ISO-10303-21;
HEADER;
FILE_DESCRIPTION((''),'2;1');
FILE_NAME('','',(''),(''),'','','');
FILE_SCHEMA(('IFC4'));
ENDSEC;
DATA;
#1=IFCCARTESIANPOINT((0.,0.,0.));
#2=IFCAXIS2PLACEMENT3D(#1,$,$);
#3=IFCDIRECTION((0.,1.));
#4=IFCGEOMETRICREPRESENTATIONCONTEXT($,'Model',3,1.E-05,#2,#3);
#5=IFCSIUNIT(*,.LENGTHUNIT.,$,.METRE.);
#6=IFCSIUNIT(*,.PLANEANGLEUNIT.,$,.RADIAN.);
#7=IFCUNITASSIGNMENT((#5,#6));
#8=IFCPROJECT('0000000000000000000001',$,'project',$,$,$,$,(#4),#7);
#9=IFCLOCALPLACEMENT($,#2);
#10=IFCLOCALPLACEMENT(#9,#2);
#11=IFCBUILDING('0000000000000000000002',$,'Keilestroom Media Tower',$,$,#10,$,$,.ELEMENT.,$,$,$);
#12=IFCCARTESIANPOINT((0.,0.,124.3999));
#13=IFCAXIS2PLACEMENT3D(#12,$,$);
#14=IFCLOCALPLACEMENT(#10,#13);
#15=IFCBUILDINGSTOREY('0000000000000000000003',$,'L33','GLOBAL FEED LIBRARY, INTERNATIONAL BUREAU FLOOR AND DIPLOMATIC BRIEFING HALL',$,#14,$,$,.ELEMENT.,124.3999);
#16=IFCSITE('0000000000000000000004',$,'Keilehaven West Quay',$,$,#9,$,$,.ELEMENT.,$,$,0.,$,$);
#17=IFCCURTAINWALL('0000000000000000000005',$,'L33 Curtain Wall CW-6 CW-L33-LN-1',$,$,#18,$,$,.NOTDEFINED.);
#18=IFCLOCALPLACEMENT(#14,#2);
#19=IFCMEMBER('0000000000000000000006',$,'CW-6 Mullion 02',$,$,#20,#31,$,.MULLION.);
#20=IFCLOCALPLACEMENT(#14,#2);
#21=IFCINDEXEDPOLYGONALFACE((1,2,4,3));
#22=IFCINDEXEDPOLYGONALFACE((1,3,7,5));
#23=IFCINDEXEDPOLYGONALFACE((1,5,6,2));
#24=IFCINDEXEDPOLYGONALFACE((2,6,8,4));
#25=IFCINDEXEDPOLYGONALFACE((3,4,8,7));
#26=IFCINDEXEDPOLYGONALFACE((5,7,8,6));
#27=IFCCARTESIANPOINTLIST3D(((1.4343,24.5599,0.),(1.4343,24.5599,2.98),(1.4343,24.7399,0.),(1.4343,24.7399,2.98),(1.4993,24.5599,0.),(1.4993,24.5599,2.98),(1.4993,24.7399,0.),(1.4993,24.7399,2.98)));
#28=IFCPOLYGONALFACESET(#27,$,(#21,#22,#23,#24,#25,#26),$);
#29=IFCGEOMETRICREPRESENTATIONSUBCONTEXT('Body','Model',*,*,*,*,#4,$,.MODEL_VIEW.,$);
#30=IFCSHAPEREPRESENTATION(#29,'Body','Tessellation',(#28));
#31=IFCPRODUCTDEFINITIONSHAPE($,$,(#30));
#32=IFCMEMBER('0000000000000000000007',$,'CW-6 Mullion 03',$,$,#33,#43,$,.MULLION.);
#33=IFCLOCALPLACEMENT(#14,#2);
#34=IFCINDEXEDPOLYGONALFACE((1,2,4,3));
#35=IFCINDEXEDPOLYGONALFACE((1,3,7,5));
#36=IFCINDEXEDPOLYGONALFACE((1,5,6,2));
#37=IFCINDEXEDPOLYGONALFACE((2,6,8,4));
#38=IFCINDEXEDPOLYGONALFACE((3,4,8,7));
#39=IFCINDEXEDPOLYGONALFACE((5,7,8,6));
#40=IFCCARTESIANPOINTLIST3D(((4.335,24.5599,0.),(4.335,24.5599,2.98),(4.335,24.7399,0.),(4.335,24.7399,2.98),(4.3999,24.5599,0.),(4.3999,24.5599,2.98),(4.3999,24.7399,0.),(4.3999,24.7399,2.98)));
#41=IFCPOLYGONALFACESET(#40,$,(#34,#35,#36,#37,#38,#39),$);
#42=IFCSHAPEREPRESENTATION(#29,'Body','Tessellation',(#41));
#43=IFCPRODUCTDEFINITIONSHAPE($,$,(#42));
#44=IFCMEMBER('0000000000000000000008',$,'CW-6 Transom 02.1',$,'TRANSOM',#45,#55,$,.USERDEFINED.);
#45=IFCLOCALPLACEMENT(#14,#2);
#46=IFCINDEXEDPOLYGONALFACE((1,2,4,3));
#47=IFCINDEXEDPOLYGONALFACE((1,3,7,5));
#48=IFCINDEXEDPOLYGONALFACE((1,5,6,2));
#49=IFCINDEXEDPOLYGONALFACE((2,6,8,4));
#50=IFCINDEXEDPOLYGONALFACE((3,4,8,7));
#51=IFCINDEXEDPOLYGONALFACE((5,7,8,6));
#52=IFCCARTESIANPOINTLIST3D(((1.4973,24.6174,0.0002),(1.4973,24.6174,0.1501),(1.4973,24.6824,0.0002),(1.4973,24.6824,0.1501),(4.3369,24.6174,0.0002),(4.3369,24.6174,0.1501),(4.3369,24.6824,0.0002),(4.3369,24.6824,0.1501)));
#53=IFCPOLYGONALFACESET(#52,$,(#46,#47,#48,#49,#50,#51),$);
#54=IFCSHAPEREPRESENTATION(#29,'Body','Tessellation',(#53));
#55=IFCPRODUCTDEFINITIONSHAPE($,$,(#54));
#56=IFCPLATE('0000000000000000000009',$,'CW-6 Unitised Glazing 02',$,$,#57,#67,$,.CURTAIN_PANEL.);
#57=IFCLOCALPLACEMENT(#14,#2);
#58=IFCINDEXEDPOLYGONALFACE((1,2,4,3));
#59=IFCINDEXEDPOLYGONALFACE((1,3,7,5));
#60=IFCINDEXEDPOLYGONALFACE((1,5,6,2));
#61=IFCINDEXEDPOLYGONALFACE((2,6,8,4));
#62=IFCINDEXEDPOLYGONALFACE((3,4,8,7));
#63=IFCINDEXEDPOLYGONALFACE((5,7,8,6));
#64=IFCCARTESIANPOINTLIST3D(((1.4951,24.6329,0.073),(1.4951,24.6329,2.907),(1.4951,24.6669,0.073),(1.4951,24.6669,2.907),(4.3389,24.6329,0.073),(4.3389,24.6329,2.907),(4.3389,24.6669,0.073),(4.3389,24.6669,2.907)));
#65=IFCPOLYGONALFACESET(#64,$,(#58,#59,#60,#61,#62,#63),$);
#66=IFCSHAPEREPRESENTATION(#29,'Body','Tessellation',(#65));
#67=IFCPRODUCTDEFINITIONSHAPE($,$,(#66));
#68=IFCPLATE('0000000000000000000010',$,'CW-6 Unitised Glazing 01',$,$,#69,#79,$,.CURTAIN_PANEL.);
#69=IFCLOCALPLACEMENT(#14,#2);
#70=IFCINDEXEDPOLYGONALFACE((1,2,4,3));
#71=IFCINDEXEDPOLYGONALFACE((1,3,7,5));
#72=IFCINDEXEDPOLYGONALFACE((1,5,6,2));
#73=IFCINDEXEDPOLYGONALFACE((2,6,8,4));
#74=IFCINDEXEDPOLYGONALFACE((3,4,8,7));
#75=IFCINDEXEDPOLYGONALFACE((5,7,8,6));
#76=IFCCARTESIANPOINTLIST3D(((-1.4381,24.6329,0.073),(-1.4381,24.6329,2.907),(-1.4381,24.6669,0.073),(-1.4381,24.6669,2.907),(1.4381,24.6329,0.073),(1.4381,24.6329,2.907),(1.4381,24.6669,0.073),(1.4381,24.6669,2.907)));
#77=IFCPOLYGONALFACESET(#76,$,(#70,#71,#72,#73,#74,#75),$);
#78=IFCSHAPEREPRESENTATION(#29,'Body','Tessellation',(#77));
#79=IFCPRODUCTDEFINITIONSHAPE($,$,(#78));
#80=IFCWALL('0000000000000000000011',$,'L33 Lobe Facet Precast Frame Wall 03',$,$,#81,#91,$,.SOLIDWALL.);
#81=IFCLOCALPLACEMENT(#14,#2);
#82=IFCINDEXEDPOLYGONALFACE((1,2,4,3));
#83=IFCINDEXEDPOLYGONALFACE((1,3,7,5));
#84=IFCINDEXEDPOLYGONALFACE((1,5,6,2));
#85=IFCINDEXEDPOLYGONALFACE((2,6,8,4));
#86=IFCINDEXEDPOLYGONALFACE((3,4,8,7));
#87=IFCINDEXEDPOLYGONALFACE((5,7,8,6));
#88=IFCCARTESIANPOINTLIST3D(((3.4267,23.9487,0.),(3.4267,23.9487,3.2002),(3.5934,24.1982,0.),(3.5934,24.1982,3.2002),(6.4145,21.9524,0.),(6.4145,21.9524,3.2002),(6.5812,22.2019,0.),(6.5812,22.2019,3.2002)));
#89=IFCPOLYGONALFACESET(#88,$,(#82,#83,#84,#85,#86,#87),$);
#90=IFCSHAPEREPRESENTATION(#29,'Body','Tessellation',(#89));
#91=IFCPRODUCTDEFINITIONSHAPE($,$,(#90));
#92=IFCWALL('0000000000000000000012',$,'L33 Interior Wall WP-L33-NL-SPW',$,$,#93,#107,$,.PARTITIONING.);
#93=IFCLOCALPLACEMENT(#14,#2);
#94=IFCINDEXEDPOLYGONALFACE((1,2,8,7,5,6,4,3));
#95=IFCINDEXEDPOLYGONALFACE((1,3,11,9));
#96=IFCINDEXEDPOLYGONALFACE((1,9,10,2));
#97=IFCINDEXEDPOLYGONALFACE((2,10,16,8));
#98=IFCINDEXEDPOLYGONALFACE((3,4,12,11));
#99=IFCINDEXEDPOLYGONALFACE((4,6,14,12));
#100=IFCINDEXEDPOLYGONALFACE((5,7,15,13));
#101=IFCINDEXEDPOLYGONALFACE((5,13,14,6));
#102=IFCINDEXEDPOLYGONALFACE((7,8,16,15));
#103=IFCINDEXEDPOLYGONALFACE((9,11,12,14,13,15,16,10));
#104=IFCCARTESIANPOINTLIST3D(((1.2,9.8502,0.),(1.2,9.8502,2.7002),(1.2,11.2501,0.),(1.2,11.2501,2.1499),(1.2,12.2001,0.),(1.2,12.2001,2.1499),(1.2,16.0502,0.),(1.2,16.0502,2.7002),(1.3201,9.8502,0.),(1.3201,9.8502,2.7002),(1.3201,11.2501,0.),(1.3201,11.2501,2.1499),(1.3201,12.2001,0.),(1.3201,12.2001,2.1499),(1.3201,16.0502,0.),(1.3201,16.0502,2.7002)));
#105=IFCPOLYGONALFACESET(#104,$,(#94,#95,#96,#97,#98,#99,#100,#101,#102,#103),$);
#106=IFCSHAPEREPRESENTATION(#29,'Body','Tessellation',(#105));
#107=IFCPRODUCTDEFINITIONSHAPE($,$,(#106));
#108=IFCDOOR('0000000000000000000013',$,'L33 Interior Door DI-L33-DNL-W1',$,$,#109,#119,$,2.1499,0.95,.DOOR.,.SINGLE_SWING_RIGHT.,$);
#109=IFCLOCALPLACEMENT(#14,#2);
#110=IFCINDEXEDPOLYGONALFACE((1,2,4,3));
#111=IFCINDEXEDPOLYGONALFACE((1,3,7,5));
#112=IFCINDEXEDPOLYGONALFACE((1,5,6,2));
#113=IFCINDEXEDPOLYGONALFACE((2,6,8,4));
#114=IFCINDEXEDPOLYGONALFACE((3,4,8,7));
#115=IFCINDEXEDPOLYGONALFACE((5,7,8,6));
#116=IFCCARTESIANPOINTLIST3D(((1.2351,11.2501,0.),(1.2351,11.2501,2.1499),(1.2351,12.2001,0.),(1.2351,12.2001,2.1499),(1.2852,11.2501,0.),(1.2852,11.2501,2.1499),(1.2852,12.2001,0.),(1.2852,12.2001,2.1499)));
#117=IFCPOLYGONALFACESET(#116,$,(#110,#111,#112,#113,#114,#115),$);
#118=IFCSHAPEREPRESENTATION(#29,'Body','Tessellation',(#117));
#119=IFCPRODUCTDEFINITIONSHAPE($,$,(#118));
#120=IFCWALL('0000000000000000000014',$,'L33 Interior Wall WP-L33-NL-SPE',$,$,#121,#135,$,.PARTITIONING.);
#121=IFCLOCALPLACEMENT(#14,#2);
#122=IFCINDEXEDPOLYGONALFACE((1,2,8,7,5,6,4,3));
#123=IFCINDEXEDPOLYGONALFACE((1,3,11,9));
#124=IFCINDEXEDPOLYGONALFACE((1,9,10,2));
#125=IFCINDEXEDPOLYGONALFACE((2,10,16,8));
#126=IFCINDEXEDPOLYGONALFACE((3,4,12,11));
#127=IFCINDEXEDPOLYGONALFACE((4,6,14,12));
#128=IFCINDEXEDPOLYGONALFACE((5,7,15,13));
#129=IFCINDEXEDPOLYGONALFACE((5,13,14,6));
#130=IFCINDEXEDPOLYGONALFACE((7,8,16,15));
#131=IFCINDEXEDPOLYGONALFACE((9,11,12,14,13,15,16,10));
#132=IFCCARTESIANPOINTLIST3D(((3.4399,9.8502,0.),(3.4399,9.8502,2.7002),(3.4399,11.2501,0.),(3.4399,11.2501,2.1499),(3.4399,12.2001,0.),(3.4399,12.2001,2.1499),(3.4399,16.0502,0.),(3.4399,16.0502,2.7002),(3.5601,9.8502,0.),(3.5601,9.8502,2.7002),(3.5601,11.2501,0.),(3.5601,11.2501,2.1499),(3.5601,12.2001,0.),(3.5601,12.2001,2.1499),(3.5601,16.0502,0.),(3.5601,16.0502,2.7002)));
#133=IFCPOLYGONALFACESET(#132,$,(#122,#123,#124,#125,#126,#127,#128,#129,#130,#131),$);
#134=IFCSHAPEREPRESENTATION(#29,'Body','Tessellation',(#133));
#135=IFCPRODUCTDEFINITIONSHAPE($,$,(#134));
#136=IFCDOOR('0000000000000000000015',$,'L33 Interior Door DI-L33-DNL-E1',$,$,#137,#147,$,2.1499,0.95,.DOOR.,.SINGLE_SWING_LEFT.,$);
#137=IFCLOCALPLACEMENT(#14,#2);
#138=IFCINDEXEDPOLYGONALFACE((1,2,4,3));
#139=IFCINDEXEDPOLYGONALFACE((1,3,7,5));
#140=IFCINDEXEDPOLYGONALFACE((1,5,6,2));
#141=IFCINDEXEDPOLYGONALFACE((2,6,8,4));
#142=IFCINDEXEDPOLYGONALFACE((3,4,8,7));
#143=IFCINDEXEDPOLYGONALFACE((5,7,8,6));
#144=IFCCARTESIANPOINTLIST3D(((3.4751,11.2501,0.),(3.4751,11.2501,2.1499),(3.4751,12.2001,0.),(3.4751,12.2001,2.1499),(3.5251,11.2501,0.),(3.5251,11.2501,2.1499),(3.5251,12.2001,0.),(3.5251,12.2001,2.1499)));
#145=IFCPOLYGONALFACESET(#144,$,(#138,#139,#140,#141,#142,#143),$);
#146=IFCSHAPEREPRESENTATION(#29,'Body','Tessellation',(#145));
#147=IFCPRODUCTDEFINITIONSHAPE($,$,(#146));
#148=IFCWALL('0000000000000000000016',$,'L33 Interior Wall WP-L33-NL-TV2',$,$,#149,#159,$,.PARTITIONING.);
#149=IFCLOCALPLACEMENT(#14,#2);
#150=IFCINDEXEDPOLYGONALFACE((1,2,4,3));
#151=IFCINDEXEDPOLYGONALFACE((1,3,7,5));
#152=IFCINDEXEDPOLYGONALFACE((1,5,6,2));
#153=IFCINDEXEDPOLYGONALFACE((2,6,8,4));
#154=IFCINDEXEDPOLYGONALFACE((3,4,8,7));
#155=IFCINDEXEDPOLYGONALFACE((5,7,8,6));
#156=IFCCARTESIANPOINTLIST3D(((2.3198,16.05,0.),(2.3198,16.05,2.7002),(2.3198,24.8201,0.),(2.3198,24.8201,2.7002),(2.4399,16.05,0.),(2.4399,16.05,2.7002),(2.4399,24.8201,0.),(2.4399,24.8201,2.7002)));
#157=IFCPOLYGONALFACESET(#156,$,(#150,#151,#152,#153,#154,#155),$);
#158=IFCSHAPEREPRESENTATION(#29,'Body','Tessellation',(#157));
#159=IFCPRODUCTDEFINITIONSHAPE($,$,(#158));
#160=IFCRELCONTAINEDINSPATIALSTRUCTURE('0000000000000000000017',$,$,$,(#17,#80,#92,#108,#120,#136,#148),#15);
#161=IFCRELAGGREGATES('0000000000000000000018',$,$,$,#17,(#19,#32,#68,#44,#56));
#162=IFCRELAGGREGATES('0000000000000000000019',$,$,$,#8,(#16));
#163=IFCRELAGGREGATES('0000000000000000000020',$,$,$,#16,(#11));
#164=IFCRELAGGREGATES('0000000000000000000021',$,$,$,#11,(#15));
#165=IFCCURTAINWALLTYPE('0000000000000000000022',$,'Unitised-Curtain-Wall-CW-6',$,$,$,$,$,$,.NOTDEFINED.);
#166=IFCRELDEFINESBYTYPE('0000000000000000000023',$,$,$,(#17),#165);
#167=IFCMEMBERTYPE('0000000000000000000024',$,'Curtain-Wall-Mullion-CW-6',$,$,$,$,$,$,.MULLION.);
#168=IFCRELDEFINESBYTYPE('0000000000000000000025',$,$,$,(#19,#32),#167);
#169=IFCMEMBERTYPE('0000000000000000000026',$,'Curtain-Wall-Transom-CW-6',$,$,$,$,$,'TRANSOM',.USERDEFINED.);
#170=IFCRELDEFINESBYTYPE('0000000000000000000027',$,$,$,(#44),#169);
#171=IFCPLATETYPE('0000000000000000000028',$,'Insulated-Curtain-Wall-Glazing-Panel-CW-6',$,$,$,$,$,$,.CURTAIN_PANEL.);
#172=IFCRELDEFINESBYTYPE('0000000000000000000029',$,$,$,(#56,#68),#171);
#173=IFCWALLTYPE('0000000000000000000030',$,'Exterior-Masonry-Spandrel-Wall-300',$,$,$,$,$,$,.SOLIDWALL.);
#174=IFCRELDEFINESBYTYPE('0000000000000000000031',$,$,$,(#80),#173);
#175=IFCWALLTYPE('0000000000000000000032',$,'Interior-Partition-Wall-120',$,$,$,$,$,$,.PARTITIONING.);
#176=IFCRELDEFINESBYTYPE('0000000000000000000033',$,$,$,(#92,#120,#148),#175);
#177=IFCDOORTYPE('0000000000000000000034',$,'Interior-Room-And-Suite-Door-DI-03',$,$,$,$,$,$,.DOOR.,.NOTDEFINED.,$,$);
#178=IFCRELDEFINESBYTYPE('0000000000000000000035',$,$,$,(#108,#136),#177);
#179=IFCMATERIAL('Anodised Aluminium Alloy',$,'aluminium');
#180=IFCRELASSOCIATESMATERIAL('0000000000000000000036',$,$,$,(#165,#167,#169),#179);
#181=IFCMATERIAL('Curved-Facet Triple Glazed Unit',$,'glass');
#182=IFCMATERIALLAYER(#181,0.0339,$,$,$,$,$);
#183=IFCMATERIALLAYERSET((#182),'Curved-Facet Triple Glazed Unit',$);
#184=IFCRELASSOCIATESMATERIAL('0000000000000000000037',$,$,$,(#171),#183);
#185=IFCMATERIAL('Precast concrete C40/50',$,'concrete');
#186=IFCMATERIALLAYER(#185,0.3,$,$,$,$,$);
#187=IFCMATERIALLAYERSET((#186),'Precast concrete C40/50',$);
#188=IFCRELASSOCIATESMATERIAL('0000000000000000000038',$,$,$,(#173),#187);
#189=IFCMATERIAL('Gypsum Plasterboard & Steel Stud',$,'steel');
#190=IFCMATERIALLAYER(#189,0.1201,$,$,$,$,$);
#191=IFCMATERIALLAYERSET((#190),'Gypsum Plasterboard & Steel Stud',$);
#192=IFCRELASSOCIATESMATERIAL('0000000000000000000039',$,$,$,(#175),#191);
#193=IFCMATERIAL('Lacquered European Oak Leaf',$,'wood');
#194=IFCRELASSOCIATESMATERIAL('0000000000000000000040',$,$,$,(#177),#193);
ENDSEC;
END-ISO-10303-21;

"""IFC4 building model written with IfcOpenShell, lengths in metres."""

from ifc_helpers import new_model, si_unit, direction, frame, frame_2d, origin, origin_2d, place, context, subcontext, project, spatial, rectangle, extrude, source, transform, mapped, material, layer, layer_set, material_profile, profile_set, type_object, element, fill, aggregate, save


model = new_model("IFC4")

# Units and contexts
model_context = context("Model", 3, precision=1e-05, world=origin(), true_north=direction((0.0, 1.0)))
body_context = subcontext(model_context, "Body", "Model", "MODEL_VIEW")
ifc_project = project(units=[si_unit("LENGTHUNIT", "METRE"), si_unit("PLANEANGLEUNIT", "RADIAN")], contexts=[model_context])

# Site, building, storey
site_placement = place(None, origin())
site = spatial("IfcSite", under=ifc_project, at=site_placement, Name="Keilehaven West Quay", CompositionType="ELEMENT", RefElevation=0.0)
building_placement = place(site_placement, origin())
building = spatial("IfcBuilding", under=site, at=building_placement, Name="Keilestroom Media Tower", CompositionType="ELEMENT")
storey_placement = place(building_placement, frame((0.0, 0.0, 124.3999)))
storey = spatial("IfcBuildingStorey", under=building, at=storey_placement, Name="L33", Description="GLOBAL FEED LIBRARY, INTERNATIONAL BUREAU FLOOR AND DIPLOMATIC BRIEFING HALL", CompositionType="ELEMENT", Elevation=124.3999)

# Curtain wall, members, plates
ifc_material_1 = material(Name="Anodised Aluminium Alloy", Category="aluminium")
curtain_wall_type = type_object("IfcCurtainWallType", Name="Unitised-Curtain-Wall-CW-6", PredefinedType="NOTDEFINED", material=ifc_material_1)
curtain_wall_placement = place(storey_placement, origin())
curtain_wall = element("IfcCurtainWall", 1, at=curtain_wall_placement, inside=storey, type_object=curtain_wall_type, Name="L33 Curtain Wall CW-6 CW-L33-LN-1", PredefinedType="NOTDEFINED")
ifc_material_profile_1 = material_profile(ifc_material_1, rectangle(XDim=0.0649, YDim=0.1799, at=origin_2d()), Name="ALU MULLION 65x180")
ifc_profile_set_1 = profile_set([ifc_material_profile_1], Name="Anodised Aluminium Alloy")
member_type_1 = type_object("IfcMemberType", Name="Curtain-Wall-Mullion-CW-6", PredefinedType="MULLION", material=ifc_profile_set_1)
shared_shape_1 = source(origin(), body_context, "Body", "SweptSolid", [
    extrude(rectangle(XDim=0.0649, YDim=0.1799, at=origin_2d()), origin(), (0.0, 0.0, 1.0), 2.98),
])
member_1_placement = place(storey_placement, frame((1.4668, 24.6499, 0.0), z_axis=(0.0, 0.0, 1.0), x_axis=(1.0, 0.0, 0.0)))
member_1 = element("IfcMember", 2, at=member_1_placement, type_object=member_type_1, Name="CW-6 Mullion 02", PredefinedType="MULLION", context=body_context, shape_type="MappedRepresentation", body=[
    mapped(shared_shape_1, transform((0.0, 0.0, 0.0), x_axis=(1.0, 0.0, 0.0), y_axis=(0.0, 1.0, 0.0), z_axis=(0.0, 0.0, 1.0), scale=1.0)),
])
member_2_placement = place(storey_placement, frame((4.3674, 24.6499, 0.0), z_axis=(0.0, 0.0, 1.0), x_axis=(1.0, 0.0, 0.0)))
member_2 = element("IfcMember", 3, at=member_2_placement, type_object=member_type_1, Name="CW-6 Mullion 03", PredefinedType="MULLION", context=body_context, shape_type="MappedRepresentation", body=[
    mapped(shared_shape_1, transform((0.0, 0.0, 0.0), x_axis=(1.0, 0.0, 0.0), y_axis=(0.0, 1.0, 0.0), z_axis=(0.0, 0.0, 1.0), scale=1.0)),
])
ifc_material_profile_2 = material_profile(ifc_material_1, rectangle(XDim=0.0649, YDim=0.1499, at=origin_2d()), Name="ALU TRANSOM 65x150")
ifc_profile_set_2 = profile_set([ifc_material_profile_2], Name="Anodised Aluminium Alloy")
member_type_2 = type_object("IfcMemberType", Name="Curtain-Wall-Transom-CW-6", ElementType="TRANSOM", PredefinedType="USERDEFINED", material=ifc_profile_set_2)
shared_shape_2 = source(origin(), body_context, "Body", "SweptSolid", [
    extrude(rectangle(XDim=0.0649, YDim=0.1499, at=origin_2d()), origin(), (0.0, 0.0, 1.0), 2.8396),
])
member_3_placement = place(storey_placement, frame((1.4973, 24.6499, 0.0752), z_axis=(1.0, 0.0, 0.0), x_axis=(0.0, 1.0, 0.0)))
member_3 = element("IfcMember", 4, at=member_3_placement, type_object=member_type_2, Name="CW-6 Transom 02.1", ObjectType="TRANSOM", PredefinedType="USERDEFINED", context=body_context, shape_type="MappedRepresentation", body=[
    mapped(shared_shape_2, transform((0.0, 0.0, 0.0), x_axis=(1.0, 0.0, 0.0), y_axis=(0.0, 1.0, 0.0), z_axis=(0.0, 0.0, 1.0), scale=1.0)),
])
ifc_material_2 = material(Name="Curved-Facet Triple Glazed Unit", Category="glass")
ifc_layer_1 = layer(ifc_material_2, 0.0339)
ifc_layer_set_1 = layer_set([ifc_layer_1], Name="Curved-Facet Triple Glazed Unit")
plate_type = type_object("IfcPlateType", Name="Insulated-Curtain-Wall-Glazing-Panel-CW-6", PredefinedType="CURTAIN_PANEL", material=ifc_layer_set_1)
shared_shape_3 = source(origin(), body_context, "Body", "SweptSolid", [
    extrude(rectangle(XDim=2.8438, YDim=0.0339, at=origin_2d()), origin(), (0.0, 0.0, 1.0), 2.834),
])
plate_1_placement = place(storey_placement, frame((2.917, 24.6499, 0.073), z_axis=(0.0, 0.0, 1.0), x_axis=(1.0, 0.0, 0.0)))
plate_1 = element("IfcPlate", 5, at=plate_1_placement, type_object=plate_type, Name="CW-6 Unitised Glazing 02", PredefinedType="CURTAIN_PANEL", context=body_context, shape_type="MappedRepresentation", body=[
    mapped(shared_shape_3, transform((0.0, 0.0, 0.0), x_axis=(1.0, 0.0, 0.0), y_axis=(0.0, 1.0, 0.0), z_axis=(0.0, 0.0, 1.0), scale=1.0)),
])
shared_shape_4 = source(origin(), body_context, "Body", "SweptSolid", [
    extrude(rectangle(XDim=2.8762, YDim=0.0339, at=origin_2d()), origin(), (0.0, 0.0, 1.0), 2.834),
])
plate_2_placement = place(storey_placement, frame((0.0, 24.6499, 0.073), z_axis=(0.0, 0.0, 1.0), x_axis=(1.0, 0.0, 0.0)))
plate_2 = element("IfcPlate", 6, at=plate_2_placement, type_object=plate_type, Name="CW-6 Unitised Glazing 01", PredefinedType="CURTAIN_PANEL", context=body_context, shape_type="MappedRepresentation", body=[
    mapped(shared_shape_4, transform((0.0, 0.0, 0.0), x_axis=(1.0, 0.0, 0.0), y_axis=(0.0, 1.0, 0.0), z_axis=(0.0, 0.0, 1.0), scale=1.0)),
])
aggregate(curtain_wall, [member_1, member_2, plate_2, member_3, plate_1])

# Wall
ifc_material_3 = material(Name="Precast concrete C40/50", Category="concrete")
ifc_layer_2 = layer(ifc_material_3, 0.3)
ifc_layer_set_2 = layer_set([ifc_layer_2], Name="Precast concrete C40/50")
wall_type_1 = type_object("IfcWallType", Name="Exterior-Masonry-Spandrel-Wall-300", PredefinedType="SOLIDWALL", material=ifc_layer_set_2)
wall_1_placement = place(storey_placement, frame((6.4978, 22.0771, 0.0), z_axis=(0.0, 0.0, 1.0), x_axis=(-0.831475, 0.555562, 0.0)))
element("IfcWall", 7, at=wall_1_placement, inside=storey, type_object=wall_type_1, Name="L33 Lobe Facet Precast Frame Wall 03", PredefinedType="SOLIDWALL", context=body_context, shape_type="SweptSolid", body=[
    extrude(rectangle(XDim=3.5933, YDim=0.3, at=frame_2d((1.7966, 0.0))), origin(), (0.0, 0.0, 1.0), 3.2002),
])

# Walls, openings, doors
ifc_material_4 = material(Name="Gypsum Plasterboard & Steel Stud", Category="steel")
ifc_layer_3 = layer(ifc_material_4, 0.1201)
ifc_layer_set_3 = layer_set([ifc_layer_3], Name="Gypsum Plasterboard & Steel Stud")
wall_type_2 = type_object("IfcWallType", Name="Interior-Partition-Wall-120", PredefinedType="PARTITIONING", material=ifc_layer_set_3)
wall_2_placement = place(storey_placement, frame((1.26, 9.8501, 0.0), z_axis=(0.0, 0.0, 1.0), x_axis=(0.0, 1.0, 0.0)))
wall_2 = element("IfcWall", 8, at=wall_2_placement, inside=storey, type_object=wall_type_2, Name="L33 Interior Wall WP-L33-NL-SPW", PredefinedType="PARTITIONING", context=body_context, shape_type="SweptSolid", body=[
    extrude(rectangle(XDim=6.2, YDim=0.1201, at=frame_2d((3.1001, 0.0))), origin(), (0.0, 0.0, 1.0), 2.7002),
])
opening_1_placement = place(wall_2_placement, frame((1.3999, 0.0, 0.0)))
opening_1 = element("IfcOpeningElement", 9, at=opening_1_placement, cuts=wall_2, PredefinedType="OPENING", context=body_context, shape_type="SweptSolid", body=[
    extrude(rectangle(XDim=0.95, YDim=2.1499, at=frame_2d((0.4751, 1.075))), frame((0.0, 0.0701, 0.0), z_axis=(0.0, -1.0, 0.0), x_axis=(1.0, 0.0, 0.0)), (0.0, 0.0, 1.0), 0.1401),
])
ifc_material_5 = material(Name="Lacquered European Oak Leaf", Category="wood")
door_type = type_object("IfcDoorType", Name="Interior-Room-And-Suite-Door-DI-03", OperationType="NOTDEFINED", PredefinedType="DOOR", material=ifc_material_5)
shared_shape_5 = source(origin(), body_context, "Body", "SweptSolid", [
    extrude(rectangle(XDim=0.95, YDim=2.1499, at=frame_2d((0.4751, 1.075))), frame((0.0, 0.0249, 0.0), z_axis=(0.0, -1.0, 0.0), x_axis=(1.0, 0.0, 0.0)), (0.0, 0.0, 1.0), 0.05),
])
door_1_placement = place(opening_1_placement, origin())
door_1 = element("IfcDoor", 10, at=door_1_placement, inside=storey, type_object=door_type, Name="L33 Interior Door DI-L33-DNL-W1", OperationType="SINGLE_SWING_RIGHT", OverallHeight=2.1499, OverallWidth=0.95, PredefinedType="DOOR", context=body_context, shape_type="MappedRepresentation", body=[
    mapped(shared_shape_5, transform((0.0, 0.0, 0.0), x_axis=(1.0, 0.0, 0.0), y_axis=(0.0, 1.0, 0.0), z_axis=(0.0, 0.0, 1.0), scale=1.0)),
])
fill(opening_1, door_1)
wall_3_placement = place(storey_placement, frame((3.5, 9.8501, 0.0), z_axis=(0.0, 0.0, 1.0), x_axis=(0.0, 1.0, 0.0)))
wall_3 = element("IfcWall", 11, at=wall_3_placement, inside=storey, type_object=wall_type_2, Name="L33 Interior Wall WP-L33-NL-SPE", PredefinedType="PARTITIONING", context=body_context, shape_type="SweptSolid", body=[
    extrude(rectangle(XDim=6.2, YDim=0.1201, at=frame_2d((3.1001, 0.0))), origin(), (0.0, 0.0, 1.0), 2.7002),
])
opening_2_placement = place(wall_3_placement, frame((1.3999, 0.0, 0.0)))
opening_2 = element("IfcOpeningElement", 12, at=opening_2_placement, cuts=wall_3, PredefinedType="OPENING", context=body_context, shape_type="SweptSolid", body=[
    extrude(rectangle(XDim=0.95, YDim=2.1499, at=frame_2d((0.4751, 1.075))), frame((0.0, 0.0701, 0.0), z_axis=(0.0, -1.0, 0.0), x_axis=(1.0, 0.0, 0.0)), (0.0, 0.0, 1.0), 0.1401),
])
door_2_placement = place(opening_2_placement, origin())
door_2 = element("IfcDoor", 13, at=door_2_placement, inside=storey, type_object=door_type, Name="L33 Interior Door DI-L33-DNL-E1", OperationType="SINGLE_SWING_LEFT", OverallHeight=2.1499, OverallWidth=0.95, PredefinedType="DOOR", context=body_context, shape_type="MappedRepresentation", body=[
    mapped(shared_shape_5, transform((0.0, 0.0, 0.0), x_axis=(1.0, 0.0, 0.0), y_axis=(0.0, 1.0, 0.0), z_axis=(0.0, 0.0, 1.0), scale=1.0)),
])
fill(opening_2, door_2)

# Wall
wall_4_placement = place(storey_placement, frame((2.3799, 16.05, 0.0), z_axis=(0.0, 0.0, 1.0), x_axis=(0.0, 1.0, 0.0)))
element("IfcWall", 14, at=wall_4_placement, inside=storey, type_object=wall_type_2, Name="L33 Interior Wall WP-L33-NL-TV2", PredefinedType="PARTITIONING", context=body_context, shape_type="SweptSolid", body=[
    extrude(rectangle(XDim=8.77, YDim=0.1201, at=frame_2d((4.385, 0.0))), origin(), (0.0, 0.0, 1.0), 2.7002),
])

save(model, "model.ifc")
